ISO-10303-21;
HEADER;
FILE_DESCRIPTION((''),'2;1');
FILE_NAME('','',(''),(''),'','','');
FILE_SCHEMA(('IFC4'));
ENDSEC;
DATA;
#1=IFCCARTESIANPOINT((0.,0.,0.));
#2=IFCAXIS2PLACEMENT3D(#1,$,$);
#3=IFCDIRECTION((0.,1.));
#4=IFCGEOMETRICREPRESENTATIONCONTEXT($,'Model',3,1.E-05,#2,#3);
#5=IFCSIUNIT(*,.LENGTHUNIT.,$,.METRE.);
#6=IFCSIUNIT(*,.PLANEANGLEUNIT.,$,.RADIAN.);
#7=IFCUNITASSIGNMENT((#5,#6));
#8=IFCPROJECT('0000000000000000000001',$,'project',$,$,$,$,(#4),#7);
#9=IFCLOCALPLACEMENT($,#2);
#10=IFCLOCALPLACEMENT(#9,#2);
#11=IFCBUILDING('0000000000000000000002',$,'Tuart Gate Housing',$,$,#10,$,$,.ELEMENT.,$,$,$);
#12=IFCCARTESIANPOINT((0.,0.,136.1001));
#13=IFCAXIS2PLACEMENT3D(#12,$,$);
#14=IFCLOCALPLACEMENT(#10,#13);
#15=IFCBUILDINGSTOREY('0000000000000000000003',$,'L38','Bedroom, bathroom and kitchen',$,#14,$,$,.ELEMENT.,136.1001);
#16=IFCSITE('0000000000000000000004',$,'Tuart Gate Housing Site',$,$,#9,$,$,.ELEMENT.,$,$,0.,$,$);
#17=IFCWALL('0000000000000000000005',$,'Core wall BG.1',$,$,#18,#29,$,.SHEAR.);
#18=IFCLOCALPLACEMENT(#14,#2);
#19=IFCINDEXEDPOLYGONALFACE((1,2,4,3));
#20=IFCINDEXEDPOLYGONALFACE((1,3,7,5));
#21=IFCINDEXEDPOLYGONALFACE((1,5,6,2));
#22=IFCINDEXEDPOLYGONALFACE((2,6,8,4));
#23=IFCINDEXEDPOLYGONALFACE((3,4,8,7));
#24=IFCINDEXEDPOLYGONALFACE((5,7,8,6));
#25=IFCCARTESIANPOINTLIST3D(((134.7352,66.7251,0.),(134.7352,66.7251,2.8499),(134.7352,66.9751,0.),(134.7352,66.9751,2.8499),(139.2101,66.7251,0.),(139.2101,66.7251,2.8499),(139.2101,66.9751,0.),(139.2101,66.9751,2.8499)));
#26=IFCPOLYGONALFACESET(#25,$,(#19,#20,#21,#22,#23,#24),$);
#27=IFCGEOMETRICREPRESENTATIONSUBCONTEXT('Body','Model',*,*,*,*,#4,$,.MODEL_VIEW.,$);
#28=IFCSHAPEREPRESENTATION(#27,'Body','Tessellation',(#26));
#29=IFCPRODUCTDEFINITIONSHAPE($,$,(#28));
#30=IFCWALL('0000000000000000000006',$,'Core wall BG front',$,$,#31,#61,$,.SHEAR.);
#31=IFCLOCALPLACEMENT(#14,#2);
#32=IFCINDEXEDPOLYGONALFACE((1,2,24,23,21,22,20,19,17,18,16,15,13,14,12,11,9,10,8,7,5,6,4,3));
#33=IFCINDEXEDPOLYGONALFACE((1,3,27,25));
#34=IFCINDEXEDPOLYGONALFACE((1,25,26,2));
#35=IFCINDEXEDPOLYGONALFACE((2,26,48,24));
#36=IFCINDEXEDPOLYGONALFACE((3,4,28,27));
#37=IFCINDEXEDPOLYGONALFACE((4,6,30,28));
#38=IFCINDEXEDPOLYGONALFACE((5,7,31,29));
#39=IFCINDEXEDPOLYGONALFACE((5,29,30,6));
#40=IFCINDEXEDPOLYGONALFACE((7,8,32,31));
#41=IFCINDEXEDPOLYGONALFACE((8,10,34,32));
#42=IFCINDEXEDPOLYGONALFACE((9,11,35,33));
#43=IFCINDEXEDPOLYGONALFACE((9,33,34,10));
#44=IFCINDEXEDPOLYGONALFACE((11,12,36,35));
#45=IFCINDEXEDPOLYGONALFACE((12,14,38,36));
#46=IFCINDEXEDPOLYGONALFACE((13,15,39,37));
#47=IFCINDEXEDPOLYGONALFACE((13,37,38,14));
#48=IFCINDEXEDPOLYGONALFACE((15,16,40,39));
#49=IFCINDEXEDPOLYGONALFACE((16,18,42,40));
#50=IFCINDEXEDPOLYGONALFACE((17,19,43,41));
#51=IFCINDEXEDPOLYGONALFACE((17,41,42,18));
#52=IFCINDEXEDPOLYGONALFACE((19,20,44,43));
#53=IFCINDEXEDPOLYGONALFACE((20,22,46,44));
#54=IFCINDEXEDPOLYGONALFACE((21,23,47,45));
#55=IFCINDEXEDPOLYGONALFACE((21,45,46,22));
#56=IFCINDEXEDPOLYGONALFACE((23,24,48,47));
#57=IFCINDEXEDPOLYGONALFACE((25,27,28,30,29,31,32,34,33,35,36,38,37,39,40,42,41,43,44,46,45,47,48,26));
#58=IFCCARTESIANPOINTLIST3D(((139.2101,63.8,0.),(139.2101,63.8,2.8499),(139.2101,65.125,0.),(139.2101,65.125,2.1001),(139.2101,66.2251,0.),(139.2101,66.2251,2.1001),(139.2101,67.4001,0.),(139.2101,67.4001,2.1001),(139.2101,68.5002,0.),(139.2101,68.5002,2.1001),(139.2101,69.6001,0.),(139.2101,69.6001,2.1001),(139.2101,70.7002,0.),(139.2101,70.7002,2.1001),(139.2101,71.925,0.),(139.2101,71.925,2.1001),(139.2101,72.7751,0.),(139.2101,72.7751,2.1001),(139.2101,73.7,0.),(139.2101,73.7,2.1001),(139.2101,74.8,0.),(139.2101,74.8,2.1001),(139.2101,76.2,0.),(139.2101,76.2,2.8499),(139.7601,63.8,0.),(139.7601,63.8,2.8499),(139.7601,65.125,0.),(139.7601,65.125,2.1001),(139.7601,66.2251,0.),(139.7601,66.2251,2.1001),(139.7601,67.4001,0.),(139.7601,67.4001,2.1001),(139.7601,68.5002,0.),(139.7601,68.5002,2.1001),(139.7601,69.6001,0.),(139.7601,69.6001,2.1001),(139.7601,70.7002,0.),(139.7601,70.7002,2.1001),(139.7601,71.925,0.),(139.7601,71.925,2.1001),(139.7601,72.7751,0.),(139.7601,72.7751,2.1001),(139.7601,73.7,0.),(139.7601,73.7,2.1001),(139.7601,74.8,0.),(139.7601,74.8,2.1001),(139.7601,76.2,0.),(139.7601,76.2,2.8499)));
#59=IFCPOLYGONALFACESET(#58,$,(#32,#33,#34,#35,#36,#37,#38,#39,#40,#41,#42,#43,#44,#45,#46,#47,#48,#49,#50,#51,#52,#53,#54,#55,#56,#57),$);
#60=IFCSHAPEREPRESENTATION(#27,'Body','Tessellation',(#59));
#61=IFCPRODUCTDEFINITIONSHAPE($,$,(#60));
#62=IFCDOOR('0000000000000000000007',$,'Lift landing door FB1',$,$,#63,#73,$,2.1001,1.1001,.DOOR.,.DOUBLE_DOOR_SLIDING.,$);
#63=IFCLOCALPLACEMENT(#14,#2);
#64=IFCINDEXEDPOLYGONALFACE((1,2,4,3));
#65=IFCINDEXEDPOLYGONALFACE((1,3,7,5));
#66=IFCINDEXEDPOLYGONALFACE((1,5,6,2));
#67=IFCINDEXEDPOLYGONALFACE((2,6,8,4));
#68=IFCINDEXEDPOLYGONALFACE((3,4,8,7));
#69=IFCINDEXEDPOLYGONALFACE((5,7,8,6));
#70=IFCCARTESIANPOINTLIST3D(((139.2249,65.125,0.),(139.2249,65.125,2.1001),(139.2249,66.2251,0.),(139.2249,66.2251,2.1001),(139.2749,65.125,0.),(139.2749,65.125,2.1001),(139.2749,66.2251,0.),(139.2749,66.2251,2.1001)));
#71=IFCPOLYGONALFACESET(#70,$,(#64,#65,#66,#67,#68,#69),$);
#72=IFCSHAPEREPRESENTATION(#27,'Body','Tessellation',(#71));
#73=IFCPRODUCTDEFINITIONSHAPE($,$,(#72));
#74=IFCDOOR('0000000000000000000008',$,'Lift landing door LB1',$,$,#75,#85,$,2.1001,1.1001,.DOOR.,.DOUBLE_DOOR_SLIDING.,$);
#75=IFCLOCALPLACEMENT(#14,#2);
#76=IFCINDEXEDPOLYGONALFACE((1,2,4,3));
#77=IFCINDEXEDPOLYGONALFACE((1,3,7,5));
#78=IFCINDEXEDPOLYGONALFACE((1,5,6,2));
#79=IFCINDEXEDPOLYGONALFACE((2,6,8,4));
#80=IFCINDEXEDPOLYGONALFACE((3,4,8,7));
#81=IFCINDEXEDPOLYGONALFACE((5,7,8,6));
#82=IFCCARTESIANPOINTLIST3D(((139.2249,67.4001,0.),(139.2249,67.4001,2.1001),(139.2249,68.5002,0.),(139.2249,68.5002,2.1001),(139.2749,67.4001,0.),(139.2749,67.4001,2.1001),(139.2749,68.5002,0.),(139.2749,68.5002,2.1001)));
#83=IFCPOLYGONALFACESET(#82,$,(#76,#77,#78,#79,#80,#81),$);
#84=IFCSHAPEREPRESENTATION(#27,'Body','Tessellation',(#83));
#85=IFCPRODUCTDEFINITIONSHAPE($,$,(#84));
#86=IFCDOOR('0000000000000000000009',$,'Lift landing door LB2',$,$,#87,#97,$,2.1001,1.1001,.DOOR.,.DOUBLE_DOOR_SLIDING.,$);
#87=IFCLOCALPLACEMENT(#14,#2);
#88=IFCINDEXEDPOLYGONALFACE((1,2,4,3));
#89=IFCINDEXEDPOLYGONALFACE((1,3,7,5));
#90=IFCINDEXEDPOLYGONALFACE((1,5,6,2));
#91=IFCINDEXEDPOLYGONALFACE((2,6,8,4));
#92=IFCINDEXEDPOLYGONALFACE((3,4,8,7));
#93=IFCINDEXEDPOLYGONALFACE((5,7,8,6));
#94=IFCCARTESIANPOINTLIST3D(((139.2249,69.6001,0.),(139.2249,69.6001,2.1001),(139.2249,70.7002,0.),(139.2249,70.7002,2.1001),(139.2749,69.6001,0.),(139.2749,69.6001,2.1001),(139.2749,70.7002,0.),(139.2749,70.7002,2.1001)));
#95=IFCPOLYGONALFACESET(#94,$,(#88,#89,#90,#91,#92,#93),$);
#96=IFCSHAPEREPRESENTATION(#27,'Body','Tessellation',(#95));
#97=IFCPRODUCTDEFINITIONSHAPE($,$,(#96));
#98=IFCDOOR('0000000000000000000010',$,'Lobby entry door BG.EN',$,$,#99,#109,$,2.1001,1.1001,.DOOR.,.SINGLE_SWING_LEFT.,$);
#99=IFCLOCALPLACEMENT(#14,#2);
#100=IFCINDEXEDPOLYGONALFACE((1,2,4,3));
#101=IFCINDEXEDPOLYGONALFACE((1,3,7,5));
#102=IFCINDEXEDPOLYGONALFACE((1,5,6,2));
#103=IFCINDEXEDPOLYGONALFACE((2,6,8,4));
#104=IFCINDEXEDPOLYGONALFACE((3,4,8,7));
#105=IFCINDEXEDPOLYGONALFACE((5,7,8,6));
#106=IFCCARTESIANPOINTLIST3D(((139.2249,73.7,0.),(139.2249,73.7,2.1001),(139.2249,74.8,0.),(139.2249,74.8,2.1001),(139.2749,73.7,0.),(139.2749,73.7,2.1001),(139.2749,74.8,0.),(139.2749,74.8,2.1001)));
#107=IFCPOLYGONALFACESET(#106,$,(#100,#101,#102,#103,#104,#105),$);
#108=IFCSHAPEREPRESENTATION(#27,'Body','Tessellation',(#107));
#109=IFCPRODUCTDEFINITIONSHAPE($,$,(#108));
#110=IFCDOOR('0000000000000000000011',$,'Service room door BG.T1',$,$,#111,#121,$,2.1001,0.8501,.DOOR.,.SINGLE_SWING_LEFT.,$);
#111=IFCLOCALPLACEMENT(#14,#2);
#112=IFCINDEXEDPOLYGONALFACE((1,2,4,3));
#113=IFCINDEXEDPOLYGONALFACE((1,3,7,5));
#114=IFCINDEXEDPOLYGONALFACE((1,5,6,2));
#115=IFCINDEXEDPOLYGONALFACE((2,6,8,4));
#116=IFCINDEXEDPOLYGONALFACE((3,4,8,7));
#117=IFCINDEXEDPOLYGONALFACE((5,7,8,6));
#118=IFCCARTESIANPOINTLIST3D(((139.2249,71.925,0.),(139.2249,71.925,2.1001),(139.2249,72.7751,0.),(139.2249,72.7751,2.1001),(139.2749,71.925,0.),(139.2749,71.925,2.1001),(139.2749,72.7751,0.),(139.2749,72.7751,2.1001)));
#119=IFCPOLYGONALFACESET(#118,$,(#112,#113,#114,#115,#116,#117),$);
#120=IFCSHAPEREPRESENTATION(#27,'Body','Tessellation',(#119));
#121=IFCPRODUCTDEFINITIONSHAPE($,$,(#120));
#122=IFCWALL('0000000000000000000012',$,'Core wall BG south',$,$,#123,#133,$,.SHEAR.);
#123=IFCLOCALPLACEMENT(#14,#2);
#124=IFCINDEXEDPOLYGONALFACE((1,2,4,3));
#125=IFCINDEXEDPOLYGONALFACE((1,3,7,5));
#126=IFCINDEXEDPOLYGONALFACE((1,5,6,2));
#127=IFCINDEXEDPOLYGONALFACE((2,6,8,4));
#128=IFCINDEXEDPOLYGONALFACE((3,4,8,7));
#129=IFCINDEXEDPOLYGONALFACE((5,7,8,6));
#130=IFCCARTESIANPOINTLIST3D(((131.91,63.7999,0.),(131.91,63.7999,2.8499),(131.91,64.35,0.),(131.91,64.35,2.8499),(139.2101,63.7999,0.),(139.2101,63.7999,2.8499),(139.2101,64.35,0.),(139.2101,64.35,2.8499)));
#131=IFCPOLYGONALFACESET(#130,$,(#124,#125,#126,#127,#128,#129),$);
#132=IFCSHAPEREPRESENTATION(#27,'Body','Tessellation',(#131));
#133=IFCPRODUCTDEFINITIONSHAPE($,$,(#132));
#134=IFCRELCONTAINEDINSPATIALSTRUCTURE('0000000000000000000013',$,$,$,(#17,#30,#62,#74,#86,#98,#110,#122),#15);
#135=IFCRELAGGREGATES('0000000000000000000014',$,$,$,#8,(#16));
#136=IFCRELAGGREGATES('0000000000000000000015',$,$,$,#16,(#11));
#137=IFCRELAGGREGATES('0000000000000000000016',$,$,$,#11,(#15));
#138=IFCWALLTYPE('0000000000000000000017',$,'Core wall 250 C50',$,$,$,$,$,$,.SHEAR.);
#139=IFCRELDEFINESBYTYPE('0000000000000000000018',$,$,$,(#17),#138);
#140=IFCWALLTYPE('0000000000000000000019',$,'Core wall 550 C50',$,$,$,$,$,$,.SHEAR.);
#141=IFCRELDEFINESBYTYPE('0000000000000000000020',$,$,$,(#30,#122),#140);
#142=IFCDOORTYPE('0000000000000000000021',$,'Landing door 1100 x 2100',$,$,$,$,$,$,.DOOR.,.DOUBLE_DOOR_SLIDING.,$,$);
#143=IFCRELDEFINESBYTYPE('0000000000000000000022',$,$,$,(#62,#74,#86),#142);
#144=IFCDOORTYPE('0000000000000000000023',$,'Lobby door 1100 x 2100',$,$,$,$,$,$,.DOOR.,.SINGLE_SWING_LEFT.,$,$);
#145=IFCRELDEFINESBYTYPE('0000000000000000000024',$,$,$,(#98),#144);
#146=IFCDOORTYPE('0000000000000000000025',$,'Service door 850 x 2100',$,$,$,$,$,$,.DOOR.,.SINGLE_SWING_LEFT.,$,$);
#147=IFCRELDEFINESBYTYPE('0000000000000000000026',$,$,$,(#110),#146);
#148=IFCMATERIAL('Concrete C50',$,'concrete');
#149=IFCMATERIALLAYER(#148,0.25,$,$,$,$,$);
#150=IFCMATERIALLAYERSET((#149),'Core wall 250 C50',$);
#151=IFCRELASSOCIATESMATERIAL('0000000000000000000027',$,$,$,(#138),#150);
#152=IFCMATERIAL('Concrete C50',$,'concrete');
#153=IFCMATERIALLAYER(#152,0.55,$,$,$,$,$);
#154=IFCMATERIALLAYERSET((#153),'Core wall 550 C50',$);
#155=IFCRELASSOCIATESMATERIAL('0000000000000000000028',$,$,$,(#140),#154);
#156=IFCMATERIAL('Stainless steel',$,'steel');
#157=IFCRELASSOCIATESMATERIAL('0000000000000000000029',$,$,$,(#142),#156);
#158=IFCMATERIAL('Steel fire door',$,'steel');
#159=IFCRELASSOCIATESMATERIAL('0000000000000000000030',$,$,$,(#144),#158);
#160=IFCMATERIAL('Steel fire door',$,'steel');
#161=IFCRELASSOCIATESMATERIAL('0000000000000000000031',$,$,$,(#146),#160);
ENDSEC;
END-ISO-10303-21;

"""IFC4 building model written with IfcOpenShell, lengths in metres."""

from ifc_helpers import new_model, si_unit, direction, frame, frame_2d, origin, place, context, subcontext, project, spatial, rectangle, extrude, material, layer, layer_set, type_object, element, fill, save


model = new_model("IFC4")

# Units and contexts
model_context = context("Model", 3, precision=1e-05, world=origin(), true_north=direction((0.0, 1.0)))
body_context = subcontext(model_context, "Body", "Model", "MODEL_VIEW")
ifc_project = project(units=[si_unit("LENGTHUNIT", "METRE"), si_unit("PLANEANGLEUNIT", "RADIAN")], contexts=[model_context])

# Site, building, storey
site_placement = place(None, origin())
site = spatial("IfcSite", under=ifc_project, at=site_placement, Name="Tuart Gate Housing Site", CompositionType="ELEMENT", RefElevation=0.0)
building_placement = place(site_placement, origin())
building = spatial("IfcBuilding", under=site, at=building_placement, Name="Tuart Gate Housing", CompositionType="ELEMENT")
storey_placement = place(building_placement, frame((0.0, 0.0, 136.1001)))
storey = spatial("IfcBuildingStorey", under=building, at=storey_placement, Name="L38", Description="Bedroom, bathroom and kitchen", CompositionType="ELEMENT", Elevation=136.1001)

# Wall
ifc_material_1 = material(Name="Concrete C50", Category="concrete")
ifc_layer_1 = layer(ifc_material_1, 0.25)
ifc_layer_set_1 = layer_set([ifc_layer_1], Name="Core wall 250 C50")
wall_type_1 = type_object("IfcWallType", Name="Core wall 250 C50", PredefinedType="SHEAR", material=ifc_layer_set_1)
wall_1_placement = place(storey_placement, frame((139.21, 66.8501, 0.0), z_axis=(0.0, 0.0, 1.0), x_axis=(-1.0, 0.0, 0.0)))
element("IfcWall", 1, at=wall_1_placement, inside=storey, type_object=wall_type_1, Name="Core wall BG.1", PredefinedType="SHEAR", context=body_context, shape_type="SweptSolid", body=[
    extrude(rectangle(XDim=4.4749, YDim=0.25, at=frame_2d((2.2373, 0.0))), origin(), (0.0, 0.0, 1.0), 2.8499),
])

# Wall, openings, doors
ifc_material_2 = material(Name="Concrete C50", Category="concrete")
ifc_layer_2 = layer(ifc_material_2, 0.55)
ifc_layer_set_2 = layer_set([ifc_layer_2], Name="Core wall 550 C50")
wall_type_2 = type_object("IfcWallType", Name="Core wall 550 C50", PredefinedType="SHEAR", material=ifc_layer_set_2)
wall_2_placement = place(storey_placement, frame((139.4851, 63.8, 0.0), z_axis=(0.0, 0.0, 1.0), x_axis=(0.0, 1.0, 0.0)))
wall_2 = element("IfcWall", 2, at=wall_2_placement, inside=storey, type_object=wall_type_2, Name="Core wall BG front", PredefinedType="SHEAR", context=body_context, shape_type="SweptSolid", body=[
    extrude(rectangle(XDim=12.3999, YDim=0.55, at=frame_2d((6.2, 0.0))), origin(), (0.0, 0.0, 1.0), 2.8499),
])
opening_1_placement = place(wall_2_placement, frame((1.325, 0.0, 0.0)))
opening_1 = element("IfcOpeningElement", 3, at=opening_1_placement, cuts=wall_2, PredefinedType="OPENING", context=body_context, shape_type="SweptSolid", body=[
    extrude(rectangle(XDim=1.1001, YDim=2.1001, at=frame_2d((0.55, 1.05))), frame((0.0, 0.2849, 0.0), z_axis=(0.0, -1.0, 0.0), x_axis=(1.0, 0.0, 0.0)), (0.0, 0.0, 1.0), 0.5701),
])
opening_2_placement = place(wall_2_placement, frame((3.6001, 0.0, 0.0)))
opening_2 = element("IfcOpeningElement", 4, at=opening_2_placement, cuts=wall_2, PredefinedType="OPENING", context=body_context, shape_type="SweptSolid", body=[
    extrude(rectangle(XDim=1.1001, YDim=2.1001, at=frame_2d((0.55, 1.05))), frame((0.0, 0.2849, 0.0), z_axis=(0.0, -1.0, 0.0), x_axis=(1.0, 0.0, 0.0)), (0.0, 0.0, 1.0), 0.5701),
])
opening_3_placement = place(wall_2_placement, frame((5.8, 0.0, 0.0)))
opening_3 = element("IfcOpeningElement", 5, at=opening_3_placement, cuts=wall_2, PredefinedType="OPENING", context=body_context, shape_type="SweptSolid", body=[
    extrude(rectangle(XDim=1.1001, YDim=2.1001, at=frame_2d((0.55, 1.05))), frame((0.0, 0.2849, 0.0), z_axis=(0.0, -1.0, 0.0), x_axis=(1.0, 0.0, 0.0)), (0.0, 0.0, 1.0), 0.5701),
])
opening_4_placement = place(wall_2_placement, frame((9.8999, 0.0, 0.0)))
opening_4 = element("IfcOpeningElement", 6, at=opening_4_placement, cuts=wall_2, PredefinedType="OPENING", context=body_context, shape_type="SweptSolid", body=[
    extrude(rectangle(XDim=1.1001, YDim=2.1001, at=frame_2d((0.55, 1.05))), frame((0.0, 0.2849, 0.0), z_axis=(0.0, -1.0, 0.0), x_axis=(1.0, 0.0, 0.0)), (0.0, 0.0, 1.0), 0.5701),
])
opening_5_placement = place(wall_2_placement, frame((8.125, 0.0, 0.0)))
opening_5 = element("IfcOpeningElement", 7, at=opening_5_placement, cuts=wall_2, PredefinedType="OPENING", context=body_context, shape_type="SweptSolid", body=[
    extrude(rectangle(XDim=0.8501, YDim=2.1001, at=frame_2d((0.425, 1.05))), frame((0.0, 0.2849, 0.0), z_axis=(0.0, -1.0, 0.0), x_axis=(1.0, 0.0, 0.0)), (0.0, 0.0, 1.0), 0.5701),
])
ifc_material_3 = material(Name="Stainless steel", Category="steel")
door_type_1 = type_object("IfcDoorType", Name="Landing door 1100 x 2100", OperationType="DOUBLE_DOOR_SLIDING", PredefinedType="DOOR", material=ifc_material_3)
door_1_placement = place(opening_1_placement, origin())
door_1 = element("IfcDoor", 8, at=door_1_placement, inside=storey, type_object=door_type_1, Name="Lift landing door FB1", OperationType="DOUBLE_DOOR_SLIDING", OverallHeight=2.1001, OverallWidth=1.1001, PredefinedType="DOOR", context=body_context, shape_type="SweptSolid", body=[
    extrude(rectangle(XDim=1.1001, YDim=2.1001, at=frame_2d((0.55, 1.05))), frame((0.0, 0.2603, 0.0), z_axis=(0.0, -1.0, 0.0), x_axis=(1.0, 0.0, 0.0)), (0.0, 0.0, 1.0), 0.05),
])
fill(opening_1, door_1)
door_2_placement = place(opening_2_placement, origin())
door_2 = element("IfcDoor", 9, at=door_2_placement, inside=storey, type_object=door_type_1, Name="Lift landing door LB1", OperationType="DOUBLE_DOOR_SLIDING", OverallHeight=2.1001, OverallWidth=1.1001, PredefinedType="DOOR", context=body_context, shape_type="SweptSolid", body=[
    extrude(rectangle(XDim=1.1001, YDim=2.1001, at=frame_2d((0.55, 1.05))), frame((0.0, 0.2603, 0.0), z_axis=(0.0, -1.0, 0.0), x_axis=(1.0, 0.0, 0.0)), (0.0, 0.0, 1.0), 0.05),
])
fill(opening_2, door_2)
door_3_placement = place(opening_3_placement, origin())
door_3 = element("IfcDoor", 10, at=door_3_placement, inside=storey, type_object=door_type_1, Name="Lift landing door LB2", OperationType="DOUBLE_DOOR_SLIDING", OverallHeight=2.1001, OverallWidth=1.1001, PredefinedType="DOOR", context=body_context, shape_type="SweptSolid", body=[
    extrude(rectangle(XDim=1.1001, YDim=2.1001, at=frame_2d((0.55, 1.05))), frame((0.0, 0.2603, 0.0), z_axis=(0.0, -1.0, 0.0), x_axis=(1.0, 0.0, 0.0)), (0.0, 0.0, 1.0), 0.05),
])
fill(opening_3, door_3)
ifc_material_4 = material(Name="Steel fire door", Category="steel")
door_type_2 = type_object("IfcDoorType", Name="Lobby door 1100 x 2100", OperationType="SINGLE_SWING_LEFT", PredefinedType="DOOR", material=ifc_material_4)
door_4_placement = place(opening_4_placement, origin())
door_4 = element("IfcDoor", 11, at=door_4_placement, inside=storey, type_object=door_type_2, Name="Lobby entry door BG.EN", OperationType="SINGLE_SWING_LEFT", OverallHeight=2.1001, OverallWidth=1.1001, PredefinedType="DOOR", context=body_context, shape_type="SweptSolid", body=[
    extrude(rectangle(XDim=1.1001, YDim=2.1001, at=frame_2d((0.55, 1.05))), frame((0.0, 0.2603, 0.0), z_axis=(0.0, -1.0, 0.0), x_axis=(1.0, 0.0, 0.0)), (0.0, 0.0, 1.0), 0.05),
])
fill(opening_4, door_4)
ifc_material_5 = material(Name="Steel fire door", Category="steel")
door_type_3 = type_object("IfcDoorType", Name="Service door 850 x 2100", OperationType="SINGLE_SWING_LEFT", PredefinedType="DOOR", material=ifc_material_5)
door_5_placement = place(opening_5_placement, origin())
door_5 = element("IfcDoor", 12, at=door_5_placement, inside=storey, type_object=door_type_3, Name="Service room door BG.T1", OperationType="SINGLE_SWING_LEFT", OverallHeight=2.1001, OverallWidth=0.8501, PredefinedType="DOOR", context=body_context, shape_type="SweptSolid", body=[
    extrude(rectangle(XDim=0.8501, YDim=2.1001, at=frame_2d((0.425, 1.05))), frame((0.0, 0.2603, 0.0), z_axis=(0.0, -1.0, 0.0), x_axis=(1.0, 0.0, 0.0)), (0.0, 0.0, 1.0), 0.05),
])
fill(opening_5, door_5)

# Wall
wall_3_placement = place(storey_placement, frame((139.21, 64.075, 0.0), z_axis=(0.0, 0.0, 1.0), x_axis=(-1.0, 0.0, 0.0)))
element("IfcWall", 13, at=wall_3_placement, inside=storey, type_object=wall_type_2, Name="Core wall BG south", PredefinedType="SHEAR", context=body_context, shape_type="SweptSolid", body=[
    extrude(rectangle(XDim=7.3, YDim=0.55, at=frame_2d((3.6499, 0.0))), origin(), (0.0, 0.0, 1.0), 2.8499),
])

save(model, "model.ifc")
